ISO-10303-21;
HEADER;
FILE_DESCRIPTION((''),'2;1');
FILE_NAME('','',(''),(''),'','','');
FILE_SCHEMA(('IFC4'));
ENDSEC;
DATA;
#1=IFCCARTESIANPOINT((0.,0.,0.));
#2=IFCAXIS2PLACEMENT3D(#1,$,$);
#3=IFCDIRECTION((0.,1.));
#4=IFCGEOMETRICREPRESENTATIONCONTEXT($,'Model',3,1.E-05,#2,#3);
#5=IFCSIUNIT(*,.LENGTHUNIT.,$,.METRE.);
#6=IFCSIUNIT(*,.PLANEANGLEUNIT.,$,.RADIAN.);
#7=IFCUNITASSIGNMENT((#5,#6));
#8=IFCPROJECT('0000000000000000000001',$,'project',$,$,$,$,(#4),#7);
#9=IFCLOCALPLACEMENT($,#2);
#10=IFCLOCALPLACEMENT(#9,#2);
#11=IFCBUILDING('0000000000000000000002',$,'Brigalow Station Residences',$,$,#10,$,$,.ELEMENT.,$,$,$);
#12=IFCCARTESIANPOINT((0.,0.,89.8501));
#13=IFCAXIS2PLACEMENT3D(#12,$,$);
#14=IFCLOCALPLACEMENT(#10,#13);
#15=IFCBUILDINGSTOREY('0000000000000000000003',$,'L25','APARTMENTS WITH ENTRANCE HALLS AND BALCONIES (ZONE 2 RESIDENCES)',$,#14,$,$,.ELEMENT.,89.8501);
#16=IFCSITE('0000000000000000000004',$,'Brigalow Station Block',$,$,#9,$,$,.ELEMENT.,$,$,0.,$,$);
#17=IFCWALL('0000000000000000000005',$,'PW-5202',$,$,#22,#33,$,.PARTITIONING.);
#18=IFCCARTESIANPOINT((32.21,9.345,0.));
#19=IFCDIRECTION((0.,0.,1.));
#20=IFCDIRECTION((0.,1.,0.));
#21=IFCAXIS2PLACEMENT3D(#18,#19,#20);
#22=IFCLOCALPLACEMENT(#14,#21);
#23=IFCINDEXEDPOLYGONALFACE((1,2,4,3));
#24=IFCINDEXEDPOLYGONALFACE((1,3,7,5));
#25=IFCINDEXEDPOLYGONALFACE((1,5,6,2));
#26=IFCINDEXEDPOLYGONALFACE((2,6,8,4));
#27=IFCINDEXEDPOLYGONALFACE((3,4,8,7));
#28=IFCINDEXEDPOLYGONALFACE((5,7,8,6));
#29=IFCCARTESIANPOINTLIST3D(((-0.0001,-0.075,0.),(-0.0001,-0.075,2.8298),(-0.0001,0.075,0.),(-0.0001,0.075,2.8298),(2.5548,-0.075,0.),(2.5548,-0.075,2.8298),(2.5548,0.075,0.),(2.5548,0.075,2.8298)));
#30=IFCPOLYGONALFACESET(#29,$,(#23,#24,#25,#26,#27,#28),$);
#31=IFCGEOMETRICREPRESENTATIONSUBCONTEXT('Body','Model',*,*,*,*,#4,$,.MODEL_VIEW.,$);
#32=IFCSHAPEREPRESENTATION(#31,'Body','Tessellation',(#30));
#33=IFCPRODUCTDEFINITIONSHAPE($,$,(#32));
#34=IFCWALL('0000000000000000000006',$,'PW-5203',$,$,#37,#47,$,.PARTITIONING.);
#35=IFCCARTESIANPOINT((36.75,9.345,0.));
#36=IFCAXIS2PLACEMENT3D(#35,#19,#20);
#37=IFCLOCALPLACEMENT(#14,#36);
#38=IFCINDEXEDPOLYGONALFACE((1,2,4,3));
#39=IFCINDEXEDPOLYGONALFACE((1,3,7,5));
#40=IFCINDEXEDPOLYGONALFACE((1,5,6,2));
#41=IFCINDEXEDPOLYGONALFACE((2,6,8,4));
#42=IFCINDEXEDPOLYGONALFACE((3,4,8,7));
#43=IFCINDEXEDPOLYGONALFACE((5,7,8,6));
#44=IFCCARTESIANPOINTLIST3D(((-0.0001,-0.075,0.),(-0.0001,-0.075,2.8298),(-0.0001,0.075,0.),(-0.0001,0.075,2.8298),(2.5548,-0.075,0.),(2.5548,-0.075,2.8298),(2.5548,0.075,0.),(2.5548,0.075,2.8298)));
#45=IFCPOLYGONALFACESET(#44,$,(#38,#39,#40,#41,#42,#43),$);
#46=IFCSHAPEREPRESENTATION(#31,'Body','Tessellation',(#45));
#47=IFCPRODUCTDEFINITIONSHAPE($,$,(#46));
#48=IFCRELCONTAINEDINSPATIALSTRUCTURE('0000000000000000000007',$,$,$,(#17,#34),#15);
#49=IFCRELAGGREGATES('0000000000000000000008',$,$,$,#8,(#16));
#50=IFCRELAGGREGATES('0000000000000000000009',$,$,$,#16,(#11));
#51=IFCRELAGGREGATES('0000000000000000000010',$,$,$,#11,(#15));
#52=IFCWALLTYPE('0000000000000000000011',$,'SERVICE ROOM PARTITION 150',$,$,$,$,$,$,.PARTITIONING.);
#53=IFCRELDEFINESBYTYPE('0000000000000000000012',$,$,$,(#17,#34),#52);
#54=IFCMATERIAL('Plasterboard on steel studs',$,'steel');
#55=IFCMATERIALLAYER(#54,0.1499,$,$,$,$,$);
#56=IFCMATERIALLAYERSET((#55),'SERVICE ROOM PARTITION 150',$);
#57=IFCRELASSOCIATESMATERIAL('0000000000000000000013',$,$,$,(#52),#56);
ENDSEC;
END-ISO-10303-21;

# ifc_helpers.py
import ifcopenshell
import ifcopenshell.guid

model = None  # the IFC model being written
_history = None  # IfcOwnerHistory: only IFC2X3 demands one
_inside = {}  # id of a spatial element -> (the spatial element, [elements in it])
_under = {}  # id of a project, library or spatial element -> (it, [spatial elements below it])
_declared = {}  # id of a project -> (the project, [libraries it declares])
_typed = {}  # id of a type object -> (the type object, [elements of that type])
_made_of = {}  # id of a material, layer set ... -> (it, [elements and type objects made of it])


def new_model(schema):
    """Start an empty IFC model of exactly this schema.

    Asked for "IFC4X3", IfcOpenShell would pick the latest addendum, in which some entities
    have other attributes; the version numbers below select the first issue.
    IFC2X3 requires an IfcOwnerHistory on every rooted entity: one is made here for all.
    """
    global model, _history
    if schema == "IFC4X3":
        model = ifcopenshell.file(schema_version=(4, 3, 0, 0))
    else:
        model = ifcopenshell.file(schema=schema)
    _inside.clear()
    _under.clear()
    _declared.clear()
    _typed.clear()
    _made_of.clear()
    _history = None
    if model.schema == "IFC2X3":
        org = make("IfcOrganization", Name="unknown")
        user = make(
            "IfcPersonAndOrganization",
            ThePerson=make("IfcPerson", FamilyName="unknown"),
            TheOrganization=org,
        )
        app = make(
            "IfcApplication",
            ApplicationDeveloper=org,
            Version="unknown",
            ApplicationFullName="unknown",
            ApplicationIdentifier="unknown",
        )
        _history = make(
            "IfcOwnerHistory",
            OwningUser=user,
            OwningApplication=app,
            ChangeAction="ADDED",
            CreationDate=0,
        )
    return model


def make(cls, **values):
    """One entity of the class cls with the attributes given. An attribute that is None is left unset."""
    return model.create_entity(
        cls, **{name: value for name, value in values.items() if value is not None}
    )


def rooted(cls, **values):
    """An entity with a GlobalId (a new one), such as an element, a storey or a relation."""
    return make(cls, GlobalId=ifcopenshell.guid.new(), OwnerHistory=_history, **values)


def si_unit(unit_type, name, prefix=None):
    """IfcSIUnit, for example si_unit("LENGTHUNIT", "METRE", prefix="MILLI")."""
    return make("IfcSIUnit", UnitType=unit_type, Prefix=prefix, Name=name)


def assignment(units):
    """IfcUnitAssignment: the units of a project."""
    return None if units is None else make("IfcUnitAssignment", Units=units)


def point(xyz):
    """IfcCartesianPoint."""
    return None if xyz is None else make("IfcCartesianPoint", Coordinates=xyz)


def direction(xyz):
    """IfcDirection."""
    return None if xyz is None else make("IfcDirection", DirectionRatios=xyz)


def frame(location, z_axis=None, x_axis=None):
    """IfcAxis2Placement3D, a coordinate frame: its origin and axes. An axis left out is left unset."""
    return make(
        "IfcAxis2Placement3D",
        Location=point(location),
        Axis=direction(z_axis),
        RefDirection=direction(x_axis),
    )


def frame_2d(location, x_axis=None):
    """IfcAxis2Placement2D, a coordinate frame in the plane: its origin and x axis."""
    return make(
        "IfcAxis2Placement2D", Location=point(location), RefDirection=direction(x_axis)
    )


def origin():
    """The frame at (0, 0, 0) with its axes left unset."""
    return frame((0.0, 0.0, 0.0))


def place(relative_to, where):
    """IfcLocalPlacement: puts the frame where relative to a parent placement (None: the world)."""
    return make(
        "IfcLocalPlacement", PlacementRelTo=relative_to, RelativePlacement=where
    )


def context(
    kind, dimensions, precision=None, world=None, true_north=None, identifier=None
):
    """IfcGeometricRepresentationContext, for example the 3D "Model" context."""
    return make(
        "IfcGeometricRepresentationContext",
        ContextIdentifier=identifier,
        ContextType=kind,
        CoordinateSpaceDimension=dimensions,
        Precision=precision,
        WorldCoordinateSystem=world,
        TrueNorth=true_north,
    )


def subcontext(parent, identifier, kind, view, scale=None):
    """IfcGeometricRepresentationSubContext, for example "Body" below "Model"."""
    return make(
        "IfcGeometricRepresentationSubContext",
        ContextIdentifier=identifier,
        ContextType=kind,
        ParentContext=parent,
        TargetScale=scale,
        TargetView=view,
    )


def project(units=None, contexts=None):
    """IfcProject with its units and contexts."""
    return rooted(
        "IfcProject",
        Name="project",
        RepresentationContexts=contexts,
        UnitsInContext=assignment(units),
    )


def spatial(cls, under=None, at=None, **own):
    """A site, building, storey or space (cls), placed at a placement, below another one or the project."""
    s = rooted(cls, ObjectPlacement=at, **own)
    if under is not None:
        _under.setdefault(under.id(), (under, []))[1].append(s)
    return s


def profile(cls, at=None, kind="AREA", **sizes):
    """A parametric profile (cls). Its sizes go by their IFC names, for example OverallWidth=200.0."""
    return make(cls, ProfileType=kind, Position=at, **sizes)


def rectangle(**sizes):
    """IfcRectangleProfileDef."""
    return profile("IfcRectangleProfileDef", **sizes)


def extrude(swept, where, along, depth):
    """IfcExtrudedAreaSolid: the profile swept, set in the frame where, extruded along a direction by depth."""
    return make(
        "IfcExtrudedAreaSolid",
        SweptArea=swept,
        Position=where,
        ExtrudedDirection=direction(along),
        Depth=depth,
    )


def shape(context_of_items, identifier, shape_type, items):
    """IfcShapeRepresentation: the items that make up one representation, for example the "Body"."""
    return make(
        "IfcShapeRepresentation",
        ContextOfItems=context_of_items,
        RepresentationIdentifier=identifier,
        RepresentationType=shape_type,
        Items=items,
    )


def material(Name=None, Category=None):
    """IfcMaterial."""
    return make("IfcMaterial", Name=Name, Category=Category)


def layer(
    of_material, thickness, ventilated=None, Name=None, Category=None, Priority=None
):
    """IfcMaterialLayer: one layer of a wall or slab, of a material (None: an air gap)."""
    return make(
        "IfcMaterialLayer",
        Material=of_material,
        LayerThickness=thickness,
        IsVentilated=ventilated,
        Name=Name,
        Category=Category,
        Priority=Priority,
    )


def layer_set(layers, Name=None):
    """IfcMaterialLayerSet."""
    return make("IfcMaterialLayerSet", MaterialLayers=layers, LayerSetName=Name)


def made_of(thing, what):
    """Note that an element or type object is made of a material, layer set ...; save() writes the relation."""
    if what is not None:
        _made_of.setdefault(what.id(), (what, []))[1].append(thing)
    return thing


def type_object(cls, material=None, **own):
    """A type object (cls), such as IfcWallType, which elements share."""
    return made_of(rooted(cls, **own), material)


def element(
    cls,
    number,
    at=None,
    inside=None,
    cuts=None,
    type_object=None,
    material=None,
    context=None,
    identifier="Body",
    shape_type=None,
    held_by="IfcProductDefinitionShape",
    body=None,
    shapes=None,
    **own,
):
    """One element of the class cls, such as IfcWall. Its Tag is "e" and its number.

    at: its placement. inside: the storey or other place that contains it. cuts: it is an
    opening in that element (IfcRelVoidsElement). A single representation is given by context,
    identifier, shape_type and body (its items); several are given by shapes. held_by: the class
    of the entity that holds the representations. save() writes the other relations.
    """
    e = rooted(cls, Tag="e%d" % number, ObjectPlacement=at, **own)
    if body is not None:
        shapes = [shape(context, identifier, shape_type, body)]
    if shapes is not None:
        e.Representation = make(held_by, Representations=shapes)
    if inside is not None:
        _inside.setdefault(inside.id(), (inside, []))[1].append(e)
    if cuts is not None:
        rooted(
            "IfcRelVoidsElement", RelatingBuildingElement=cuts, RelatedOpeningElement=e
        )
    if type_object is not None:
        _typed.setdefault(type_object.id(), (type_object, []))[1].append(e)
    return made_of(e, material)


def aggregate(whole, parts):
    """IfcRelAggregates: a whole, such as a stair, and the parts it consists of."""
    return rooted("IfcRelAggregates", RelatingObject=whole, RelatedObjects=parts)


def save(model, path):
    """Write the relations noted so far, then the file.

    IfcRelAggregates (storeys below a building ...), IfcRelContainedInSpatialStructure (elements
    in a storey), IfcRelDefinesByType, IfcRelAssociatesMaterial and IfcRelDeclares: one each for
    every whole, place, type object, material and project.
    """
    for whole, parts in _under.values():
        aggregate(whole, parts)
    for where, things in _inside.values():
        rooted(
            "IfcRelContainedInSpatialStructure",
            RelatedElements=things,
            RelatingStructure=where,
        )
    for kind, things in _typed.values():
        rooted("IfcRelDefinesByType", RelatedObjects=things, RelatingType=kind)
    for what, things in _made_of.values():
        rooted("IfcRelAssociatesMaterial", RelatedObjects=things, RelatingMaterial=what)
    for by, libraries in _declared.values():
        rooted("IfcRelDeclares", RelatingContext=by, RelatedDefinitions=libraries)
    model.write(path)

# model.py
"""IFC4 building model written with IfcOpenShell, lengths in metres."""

from ifc_helpers import new_model, si_unit, direction, frame, frame_2d, origin, place, context, subcontext, project, spatial, rectangle, extrude, material, layer, layer_set, type_object, element, save


model = new_model("IFC4")

# Units and contexts
model_context = context("Model", 3, precision=1e-05, world=origin(), true_north=direction((0.0, 1.0)))
body_context = subcontext(model_context, "Body", "Model", "MODEL_VIEW")
ifc_project = project(units=[si_unit("LENGTHUNIT", "METRE"), si_unit("PLANEANGLEUNIT", "RADIAN")], contexts=[model_context])

# Site, building, storey
site_placement = place(None, origin())
site = spatial("IfcSite", under=ifc_project, at=site_placement, Name="Brigalow Station Block", CompositionType="ELEMENT", RefElevation=0.0)
building_placement = place(site_placement, origin())
building = spatial("IfcBuilding", under=site, at=building_placement, Name="Brigalow Station Residences", CompositionType="ELEMENT")
storey_placement = place(building_placement, frame((0.0, 0.0, 89.8501)))
storey = spatial("IfcBuildingStorey", under=building, at=storey_placement, Name="L25", Description="APARTMENTS WITH ENTRANCE HALLS AND BALCONIES (ZONE 2 RESIDENCES)", CompositionType="ELEMENT", Elevation=89.8501)

# Walls
ifc_material_1 = material(Name="Plasterboard on steel studs", Category="steel")
ifc_layer_1 = layer(ifc_material_1, 0.1499)
ifc_layer_set_1 = layer_set([ifc_layer_1], Name="SERVICE ROOM PARTITION 150")
wall_type_1 = type_object("IfcWallType", Name="SERVICE ROOM PARTITION 150", PredefinedType="PARTITIONING", material=ifc_layer_set_1)
for number, where, z_axis, x_axis, name in (
    (1, (32.21, 9.345, 0.0), (0.0, 0.0, 1.0), (0.0, 1.0, 0.0), "PW-5202"),
    (2, (36.75, 9.345, 0.0), (0.0, 0.0, 1.0), (0.0, 1.0, 0.0), "PW-5203"),
):
    element("IfcWall", number, at=place(storey_placement, frame(where, z_axis=z_axis, x_axis=x_axis)), inside=storey, type_object=wall_type_1, Name=name, PredefinedType="PARTITIONING", context=body_context, shape_type="SweptSolid", body=[
        extrude(rectangle(XDim=2.5549, YDim=0.1499, at=frame_2d((1.2773, 0.0))), origin(), (0.0, 0.0, 1.0), 2.8298),
    ])

save(model, "model.ifc")
